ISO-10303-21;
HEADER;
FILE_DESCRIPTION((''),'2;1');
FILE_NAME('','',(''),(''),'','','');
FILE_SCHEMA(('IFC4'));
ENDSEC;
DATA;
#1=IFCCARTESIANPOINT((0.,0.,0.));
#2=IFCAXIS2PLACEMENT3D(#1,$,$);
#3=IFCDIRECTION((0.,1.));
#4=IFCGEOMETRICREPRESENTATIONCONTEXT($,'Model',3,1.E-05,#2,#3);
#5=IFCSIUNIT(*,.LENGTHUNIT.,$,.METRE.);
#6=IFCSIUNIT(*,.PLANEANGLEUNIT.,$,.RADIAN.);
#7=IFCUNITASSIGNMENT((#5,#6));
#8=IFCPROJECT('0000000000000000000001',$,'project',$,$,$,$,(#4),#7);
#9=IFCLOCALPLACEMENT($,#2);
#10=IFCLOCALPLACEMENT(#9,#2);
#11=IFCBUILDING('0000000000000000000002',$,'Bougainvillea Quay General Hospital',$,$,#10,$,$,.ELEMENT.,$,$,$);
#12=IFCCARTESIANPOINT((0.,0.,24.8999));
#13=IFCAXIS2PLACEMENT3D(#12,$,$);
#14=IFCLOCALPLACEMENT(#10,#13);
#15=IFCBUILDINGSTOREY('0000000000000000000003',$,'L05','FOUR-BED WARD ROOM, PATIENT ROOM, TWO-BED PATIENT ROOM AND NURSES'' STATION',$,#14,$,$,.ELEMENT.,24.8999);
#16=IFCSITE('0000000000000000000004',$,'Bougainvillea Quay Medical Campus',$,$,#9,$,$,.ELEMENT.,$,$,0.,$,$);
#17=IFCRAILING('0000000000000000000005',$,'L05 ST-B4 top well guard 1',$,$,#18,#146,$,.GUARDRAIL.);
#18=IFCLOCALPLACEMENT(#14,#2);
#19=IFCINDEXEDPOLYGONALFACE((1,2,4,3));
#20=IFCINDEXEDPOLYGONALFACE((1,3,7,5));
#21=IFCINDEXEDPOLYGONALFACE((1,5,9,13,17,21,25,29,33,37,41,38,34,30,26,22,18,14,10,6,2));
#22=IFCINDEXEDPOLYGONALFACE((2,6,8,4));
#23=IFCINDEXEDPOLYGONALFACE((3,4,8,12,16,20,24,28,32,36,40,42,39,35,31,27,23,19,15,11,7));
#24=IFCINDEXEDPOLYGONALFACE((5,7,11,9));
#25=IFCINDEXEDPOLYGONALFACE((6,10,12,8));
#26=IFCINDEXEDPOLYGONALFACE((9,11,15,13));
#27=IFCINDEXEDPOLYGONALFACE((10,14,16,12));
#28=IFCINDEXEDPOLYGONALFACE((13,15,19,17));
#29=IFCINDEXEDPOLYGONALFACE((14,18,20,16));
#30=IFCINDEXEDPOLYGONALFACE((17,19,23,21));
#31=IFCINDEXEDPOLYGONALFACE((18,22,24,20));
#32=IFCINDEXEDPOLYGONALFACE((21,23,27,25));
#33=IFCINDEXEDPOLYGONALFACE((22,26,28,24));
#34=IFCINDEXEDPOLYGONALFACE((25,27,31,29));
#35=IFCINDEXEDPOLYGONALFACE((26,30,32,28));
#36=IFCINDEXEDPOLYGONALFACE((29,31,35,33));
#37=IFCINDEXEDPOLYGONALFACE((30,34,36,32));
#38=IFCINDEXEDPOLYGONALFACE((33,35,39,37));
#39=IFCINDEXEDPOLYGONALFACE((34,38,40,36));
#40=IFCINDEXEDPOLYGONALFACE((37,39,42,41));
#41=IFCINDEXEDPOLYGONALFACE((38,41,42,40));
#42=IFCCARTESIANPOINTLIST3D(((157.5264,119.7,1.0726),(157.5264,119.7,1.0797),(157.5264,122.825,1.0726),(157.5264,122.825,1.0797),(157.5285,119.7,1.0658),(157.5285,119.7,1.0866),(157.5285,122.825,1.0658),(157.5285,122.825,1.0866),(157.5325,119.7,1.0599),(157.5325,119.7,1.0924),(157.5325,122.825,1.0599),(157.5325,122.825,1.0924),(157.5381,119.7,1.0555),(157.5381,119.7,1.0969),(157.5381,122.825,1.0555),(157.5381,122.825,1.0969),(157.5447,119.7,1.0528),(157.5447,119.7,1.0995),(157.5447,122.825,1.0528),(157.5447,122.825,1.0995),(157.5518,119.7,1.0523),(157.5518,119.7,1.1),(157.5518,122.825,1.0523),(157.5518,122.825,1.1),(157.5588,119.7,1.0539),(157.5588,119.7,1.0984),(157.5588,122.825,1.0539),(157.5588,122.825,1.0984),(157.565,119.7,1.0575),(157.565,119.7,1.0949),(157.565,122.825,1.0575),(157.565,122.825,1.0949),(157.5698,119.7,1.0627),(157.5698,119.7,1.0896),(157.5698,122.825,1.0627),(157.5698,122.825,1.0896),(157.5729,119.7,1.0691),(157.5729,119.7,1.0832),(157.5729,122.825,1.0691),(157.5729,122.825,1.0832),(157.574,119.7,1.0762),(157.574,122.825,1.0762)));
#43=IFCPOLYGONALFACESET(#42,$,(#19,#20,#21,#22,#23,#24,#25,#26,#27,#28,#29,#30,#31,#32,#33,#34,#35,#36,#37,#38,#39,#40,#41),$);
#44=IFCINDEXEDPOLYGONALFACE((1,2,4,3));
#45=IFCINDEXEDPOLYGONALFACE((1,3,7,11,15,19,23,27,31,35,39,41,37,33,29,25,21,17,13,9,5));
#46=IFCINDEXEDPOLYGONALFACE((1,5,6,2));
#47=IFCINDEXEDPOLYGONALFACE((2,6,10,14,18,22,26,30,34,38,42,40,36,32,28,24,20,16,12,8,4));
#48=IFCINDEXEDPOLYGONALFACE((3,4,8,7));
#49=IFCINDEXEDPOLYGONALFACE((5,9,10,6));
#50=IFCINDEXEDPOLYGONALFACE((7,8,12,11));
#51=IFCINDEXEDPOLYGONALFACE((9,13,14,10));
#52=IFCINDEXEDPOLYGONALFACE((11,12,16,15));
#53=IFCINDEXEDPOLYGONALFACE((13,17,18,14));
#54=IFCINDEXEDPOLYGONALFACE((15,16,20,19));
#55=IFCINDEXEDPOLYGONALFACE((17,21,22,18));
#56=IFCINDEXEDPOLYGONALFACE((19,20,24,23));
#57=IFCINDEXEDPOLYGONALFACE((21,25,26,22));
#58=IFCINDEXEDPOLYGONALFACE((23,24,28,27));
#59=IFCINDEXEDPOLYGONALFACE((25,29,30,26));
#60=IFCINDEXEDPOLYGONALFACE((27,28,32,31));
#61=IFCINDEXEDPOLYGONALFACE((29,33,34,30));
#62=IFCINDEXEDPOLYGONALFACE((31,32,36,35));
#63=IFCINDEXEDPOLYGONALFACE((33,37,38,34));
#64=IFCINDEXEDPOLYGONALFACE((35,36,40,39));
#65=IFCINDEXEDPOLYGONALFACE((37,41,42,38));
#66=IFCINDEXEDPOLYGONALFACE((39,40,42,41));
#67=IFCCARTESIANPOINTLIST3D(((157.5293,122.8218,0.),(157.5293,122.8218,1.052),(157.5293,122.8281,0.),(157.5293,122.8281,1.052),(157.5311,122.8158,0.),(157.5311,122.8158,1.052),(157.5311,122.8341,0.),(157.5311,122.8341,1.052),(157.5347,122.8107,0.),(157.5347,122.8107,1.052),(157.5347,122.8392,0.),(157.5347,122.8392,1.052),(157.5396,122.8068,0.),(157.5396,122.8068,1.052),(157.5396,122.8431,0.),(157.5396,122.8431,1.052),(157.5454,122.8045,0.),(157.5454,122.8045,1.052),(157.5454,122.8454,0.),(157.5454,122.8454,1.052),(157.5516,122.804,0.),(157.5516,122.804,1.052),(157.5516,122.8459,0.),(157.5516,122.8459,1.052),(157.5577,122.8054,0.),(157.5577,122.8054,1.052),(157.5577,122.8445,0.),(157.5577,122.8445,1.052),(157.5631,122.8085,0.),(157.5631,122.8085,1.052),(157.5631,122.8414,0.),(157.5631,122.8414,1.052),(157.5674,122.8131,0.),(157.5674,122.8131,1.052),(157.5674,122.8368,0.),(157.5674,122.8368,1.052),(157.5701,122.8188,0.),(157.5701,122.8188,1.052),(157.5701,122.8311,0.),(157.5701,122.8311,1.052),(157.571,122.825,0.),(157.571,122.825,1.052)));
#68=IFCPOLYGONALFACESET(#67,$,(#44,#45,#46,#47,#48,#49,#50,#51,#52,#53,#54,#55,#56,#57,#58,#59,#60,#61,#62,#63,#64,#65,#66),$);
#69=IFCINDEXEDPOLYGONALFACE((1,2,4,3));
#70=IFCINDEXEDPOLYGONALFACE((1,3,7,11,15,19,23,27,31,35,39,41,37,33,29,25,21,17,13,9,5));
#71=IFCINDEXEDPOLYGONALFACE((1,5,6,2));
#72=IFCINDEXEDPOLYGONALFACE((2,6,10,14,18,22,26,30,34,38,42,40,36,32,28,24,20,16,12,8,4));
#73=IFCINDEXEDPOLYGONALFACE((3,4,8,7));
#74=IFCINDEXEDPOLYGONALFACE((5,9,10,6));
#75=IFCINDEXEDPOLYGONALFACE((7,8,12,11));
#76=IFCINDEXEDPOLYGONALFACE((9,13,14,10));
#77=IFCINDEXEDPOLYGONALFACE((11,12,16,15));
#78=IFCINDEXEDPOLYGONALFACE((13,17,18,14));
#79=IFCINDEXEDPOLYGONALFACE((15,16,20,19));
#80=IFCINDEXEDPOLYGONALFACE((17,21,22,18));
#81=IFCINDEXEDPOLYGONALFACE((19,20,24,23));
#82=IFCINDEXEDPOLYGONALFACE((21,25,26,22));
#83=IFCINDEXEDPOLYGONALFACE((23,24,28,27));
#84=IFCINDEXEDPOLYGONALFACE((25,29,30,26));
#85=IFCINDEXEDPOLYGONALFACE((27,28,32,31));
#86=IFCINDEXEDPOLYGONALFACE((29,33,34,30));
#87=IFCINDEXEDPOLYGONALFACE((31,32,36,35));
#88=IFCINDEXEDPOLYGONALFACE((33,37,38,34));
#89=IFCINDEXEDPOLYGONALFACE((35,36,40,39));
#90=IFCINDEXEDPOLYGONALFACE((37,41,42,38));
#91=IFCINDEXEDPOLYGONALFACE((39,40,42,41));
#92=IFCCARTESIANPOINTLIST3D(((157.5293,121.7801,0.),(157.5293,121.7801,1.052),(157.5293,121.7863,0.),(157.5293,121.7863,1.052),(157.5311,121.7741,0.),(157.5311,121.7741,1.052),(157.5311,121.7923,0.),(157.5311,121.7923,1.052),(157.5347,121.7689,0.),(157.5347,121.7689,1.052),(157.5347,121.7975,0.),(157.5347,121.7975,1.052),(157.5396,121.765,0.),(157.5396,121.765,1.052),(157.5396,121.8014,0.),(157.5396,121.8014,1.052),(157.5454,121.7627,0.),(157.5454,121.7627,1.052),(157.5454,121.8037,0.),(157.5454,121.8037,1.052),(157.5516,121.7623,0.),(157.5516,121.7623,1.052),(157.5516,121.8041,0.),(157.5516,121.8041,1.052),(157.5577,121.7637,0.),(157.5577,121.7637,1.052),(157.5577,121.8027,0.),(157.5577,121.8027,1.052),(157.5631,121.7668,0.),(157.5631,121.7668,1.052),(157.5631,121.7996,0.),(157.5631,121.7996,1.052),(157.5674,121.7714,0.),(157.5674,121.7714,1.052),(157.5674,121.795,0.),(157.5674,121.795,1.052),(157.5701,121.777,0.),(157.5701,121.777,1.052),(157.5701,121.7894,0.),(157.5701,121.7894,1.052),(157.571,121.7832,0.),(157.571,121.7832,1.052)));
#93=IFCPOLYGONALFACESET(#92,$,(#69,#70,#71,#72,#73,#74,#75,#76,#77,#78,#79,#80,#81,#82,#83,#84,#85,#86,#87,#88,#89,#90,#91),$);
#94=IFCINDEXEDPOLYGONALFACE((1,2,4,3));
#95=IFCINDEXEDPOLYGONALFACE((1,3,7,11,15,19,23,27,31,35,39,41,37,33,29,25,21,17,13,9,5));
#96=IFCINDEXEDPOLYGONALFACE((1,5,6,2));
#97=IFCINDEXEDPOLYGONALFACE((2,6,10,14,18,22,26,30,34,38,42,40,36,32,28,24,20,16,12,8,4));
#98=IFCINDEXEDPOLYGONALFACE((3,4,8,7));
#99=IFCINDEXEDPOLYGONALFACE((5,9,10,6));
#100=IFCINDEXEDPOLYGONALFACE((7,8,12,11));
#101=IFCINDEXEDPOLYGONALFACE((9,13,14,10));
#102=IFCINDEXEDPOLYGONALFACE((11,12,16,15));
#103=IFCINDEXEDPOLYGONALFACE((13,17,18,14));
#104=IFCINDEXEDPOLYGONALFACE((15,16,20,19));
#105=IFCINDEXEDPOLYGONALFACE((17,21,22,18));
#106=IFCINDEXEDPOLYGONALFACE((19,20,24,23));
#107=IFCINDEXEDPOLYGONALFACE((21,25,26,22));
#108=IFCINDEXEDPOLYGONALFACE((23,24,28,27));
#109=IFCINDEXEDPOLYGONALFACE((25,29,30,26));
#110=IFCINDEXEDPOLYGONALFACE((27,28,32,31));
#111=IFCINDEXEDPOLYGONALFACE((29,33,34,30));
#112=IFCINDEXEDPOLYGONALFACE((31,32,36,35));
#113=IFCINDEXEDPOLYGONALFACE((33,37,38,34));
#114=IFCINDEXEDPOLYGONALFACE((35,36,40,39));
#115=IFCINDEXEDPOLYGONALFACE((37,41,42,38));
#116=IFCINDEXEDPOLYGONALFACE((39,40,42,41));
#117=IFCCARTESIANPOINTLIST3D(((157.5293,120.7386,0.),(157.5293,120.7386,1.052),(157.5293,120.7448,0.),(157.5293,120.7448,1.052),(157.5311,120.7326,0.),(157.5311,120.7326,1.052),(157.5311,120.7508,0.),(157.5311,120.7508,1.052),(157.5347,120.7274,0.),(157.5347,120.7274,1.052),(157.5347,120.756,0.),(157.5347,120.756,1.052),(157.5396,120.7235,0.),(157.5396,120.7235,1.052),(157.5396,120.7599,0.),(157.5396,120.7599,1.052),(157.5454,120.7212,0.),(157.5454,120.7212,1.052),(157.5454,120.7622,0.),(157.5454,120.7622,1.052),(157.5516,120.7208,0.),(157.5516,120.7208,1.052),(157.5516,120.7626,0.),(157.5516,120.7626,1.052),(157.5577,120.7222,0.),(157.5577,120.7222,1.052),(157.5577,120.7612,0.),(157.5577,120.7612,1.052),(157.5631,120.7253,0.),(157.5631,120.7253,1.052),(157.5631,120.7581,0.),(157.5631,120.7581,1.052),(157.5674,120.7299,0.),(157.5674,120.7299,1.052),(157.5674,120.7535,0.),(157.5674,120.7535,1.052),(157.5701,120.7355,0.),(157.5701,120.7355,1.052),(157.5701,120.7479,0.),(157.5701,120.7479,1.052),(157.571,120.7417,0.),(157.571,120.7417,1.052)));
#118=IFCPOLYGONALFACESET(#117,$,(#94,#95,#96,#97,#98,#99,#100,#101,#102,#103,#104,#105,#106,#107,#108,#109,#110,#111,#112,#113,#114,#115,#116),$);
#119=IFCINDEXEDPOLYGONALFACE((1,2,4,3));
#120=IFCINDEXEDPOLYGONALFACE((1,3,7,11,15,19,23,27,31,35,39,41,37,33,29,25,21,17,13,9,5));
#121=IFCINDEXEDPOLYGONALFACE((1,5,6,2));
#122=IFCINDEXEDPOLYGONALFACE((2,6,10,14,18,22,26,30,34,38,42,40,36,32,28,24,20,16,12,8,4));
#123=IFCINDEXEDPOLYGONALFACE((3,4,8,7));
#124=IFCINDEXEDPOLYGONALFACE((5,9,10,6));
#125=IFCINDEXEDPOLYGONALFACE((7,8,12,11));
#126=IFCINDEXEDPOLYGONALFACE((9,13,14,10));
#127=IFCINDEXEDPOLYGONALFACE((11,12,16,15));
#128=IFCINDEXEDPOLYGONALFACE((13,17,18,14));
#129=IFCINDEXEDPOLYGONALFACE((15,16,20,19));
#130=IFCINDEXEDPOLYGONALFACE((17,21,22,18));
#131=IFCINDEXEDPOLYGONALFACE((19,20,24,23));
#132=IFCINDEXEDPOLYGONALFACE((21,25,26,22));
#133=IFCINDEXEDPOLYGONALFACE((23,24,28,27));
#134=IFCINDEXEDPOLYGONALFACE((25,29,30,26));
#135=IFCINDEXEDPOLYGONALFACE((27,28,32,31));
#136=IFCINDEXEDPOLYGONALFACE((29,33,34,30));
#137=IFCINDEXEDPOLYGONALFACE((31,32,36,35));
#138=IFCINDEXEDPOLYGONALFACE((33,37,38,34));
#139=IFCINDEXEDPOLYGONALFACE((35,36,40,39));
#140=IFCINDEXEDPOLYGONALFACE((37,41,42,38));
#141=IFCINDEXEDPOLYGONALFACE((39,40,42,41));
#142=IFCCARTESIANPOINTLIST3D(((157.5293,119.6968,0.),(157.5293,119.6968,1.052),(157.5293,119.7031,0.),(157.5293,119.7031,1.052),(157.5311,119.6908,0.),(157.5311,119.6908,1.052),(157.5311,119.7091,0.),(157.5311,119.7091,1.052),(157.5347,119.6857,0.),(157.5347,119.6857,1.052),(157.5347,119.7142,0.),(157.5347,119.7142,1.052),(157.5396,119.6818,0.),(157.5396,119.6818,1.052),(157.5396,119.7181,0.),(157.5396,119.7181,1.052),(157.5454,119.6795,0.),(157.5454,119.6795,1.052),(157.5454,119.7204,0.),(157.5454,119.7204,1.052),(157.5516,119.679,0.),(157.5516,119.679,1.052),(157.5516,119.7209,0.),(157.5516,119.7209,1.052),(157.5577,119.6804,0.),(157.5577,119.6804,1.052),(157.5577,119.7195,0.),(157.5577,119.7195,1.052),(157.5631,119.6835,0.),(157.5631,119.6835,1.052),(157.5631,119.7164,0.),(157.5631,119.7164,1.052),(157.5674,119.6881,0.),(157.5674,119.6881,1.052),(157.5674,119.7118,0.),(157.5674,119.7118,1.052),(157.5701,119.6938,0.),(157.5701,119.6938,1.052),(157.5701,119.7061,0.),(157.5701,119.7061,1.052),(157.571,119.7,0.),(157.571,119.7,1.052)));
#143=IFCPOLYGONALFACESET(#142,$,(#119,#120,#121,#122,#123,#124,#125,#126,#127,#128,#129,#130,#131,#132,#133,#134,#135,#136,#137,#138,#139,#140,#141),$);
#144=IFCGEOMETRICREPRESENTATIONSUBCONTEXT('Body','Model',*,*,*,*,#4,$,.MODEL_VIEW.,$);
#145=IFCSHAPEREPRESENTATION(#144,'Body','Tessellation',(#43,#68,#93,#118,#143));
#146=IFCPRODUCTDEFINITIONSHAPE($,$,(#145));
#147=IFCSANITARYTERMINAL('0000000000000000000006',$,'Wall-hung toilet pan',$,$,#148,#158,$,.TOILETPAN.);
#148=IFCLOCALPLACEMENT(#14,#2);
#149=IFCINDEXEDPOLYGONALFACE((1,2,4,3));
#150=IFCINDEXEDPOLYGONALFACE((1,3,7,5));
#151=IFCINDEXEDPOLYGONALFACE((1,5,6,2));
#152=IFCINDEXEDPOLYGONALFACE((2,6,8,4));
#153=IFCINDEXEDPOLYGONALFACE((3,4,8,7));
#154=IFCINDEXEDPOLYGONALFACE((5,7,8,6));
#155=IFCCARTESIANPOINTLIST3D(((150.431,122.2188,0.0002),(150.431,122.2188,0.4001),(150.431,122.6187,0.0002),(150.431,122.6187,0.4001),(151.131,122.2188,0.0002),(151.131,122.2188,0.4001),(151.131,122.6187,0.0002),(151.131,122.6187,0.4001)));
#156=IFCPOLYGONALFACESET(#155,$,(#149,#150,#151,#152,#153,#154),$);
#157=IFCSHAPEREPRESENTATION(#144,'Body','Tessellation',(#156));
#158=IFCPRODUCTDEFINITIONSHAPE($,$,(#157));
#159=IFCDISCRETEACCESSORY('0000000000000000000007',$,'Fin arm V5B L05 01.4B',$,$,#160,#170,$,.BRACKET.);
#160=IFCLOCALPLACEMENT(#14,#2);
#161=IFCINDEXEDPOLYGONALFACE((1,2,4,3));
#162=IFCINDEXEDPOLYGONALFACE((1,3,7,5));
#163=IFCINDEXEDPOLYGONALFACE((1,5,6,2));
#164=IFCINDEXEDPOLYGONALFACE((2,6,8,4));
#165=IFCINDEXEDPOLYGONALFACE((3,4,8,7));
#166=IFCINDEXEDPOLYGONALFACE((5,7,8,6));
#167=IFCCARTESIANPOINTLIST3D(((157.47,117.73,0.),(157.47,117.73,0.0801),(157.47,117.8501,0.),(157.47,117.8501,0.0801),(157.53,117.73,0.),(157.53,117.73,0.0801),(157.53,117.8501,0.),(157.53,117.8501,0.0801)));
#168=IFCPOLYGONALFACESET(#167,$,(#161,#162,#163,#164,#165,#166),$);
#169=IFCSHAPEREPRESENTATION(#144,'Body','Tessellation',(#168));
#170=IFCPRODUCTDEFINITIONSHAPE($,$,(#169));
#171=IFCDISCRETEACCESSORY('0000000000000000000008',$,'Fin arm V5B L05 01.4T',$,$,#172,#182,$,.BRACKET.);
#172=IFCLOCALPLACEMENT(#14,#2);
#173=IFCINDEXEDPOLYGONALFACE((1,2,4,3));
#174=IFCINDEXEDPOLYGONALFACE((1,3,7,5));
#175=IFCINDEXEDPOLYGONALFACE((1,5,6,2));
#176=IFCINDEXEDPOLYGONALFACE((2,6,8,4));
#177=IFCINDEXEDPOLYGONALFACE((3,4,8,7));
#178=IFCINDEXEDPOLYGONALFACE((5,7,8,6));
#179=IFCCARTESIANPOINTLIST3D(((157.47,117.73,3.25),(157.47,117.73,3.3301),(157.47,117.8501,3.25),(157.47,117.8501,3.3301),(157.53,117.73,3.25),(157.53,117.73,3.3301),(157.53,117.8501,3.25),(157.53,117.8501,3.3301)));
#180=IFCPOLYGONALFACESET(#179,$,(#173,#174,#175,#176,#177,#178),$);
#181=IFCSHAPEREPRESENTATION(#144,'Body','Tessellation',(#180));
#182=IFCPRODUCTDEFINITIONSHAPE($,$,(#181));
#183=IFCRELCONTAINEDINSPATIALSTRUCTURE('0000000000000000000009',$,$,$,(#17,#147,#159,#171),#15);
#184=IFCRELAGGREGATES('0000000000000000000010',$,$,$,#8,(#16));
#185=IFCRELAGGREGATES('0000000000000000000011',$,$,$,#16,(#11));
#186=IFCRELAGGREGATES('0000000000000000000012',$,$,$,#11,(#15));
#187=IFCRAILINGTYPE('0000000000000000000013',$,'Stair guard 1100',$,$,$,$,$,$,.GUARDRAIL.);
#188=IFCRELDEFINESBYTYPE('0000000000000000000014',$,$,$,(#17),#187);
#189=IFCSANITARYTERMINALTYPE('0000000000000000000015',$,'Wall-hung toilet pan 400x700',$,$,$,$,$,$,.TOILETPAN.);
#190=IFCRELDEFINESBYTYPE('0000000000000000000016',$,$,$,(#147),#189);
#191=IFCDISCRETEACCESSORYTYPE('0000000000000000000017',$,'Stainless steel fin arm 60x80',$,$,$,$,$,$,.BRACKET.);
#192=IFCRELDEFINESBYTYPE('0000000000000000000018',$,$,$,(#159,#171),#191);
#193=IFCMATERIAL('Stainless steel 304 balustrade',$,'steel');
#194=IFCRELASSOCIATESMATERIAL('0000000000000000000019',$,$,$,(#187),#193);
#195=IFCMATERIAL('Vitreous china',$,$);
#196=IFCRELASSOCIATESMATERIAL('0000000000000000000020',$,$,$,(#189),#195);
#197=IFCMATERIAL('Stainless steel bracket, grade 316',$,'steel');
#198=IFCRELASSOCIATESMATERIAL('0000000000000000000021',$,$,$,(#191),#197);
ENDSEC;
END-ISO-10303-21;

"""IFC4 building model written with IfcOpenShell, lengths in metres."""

from ifc_helpers import new_model, si_unit, direction, frame, origin, origin_2d, place, context, subcontext, project, spatial, rectangle, circle, extrude, material, type_object, element, save


model = new_model("IFC4")

# Units and contexts
model_context = context("Model", 3, precision=1e-05, world=origin(), true_north=direction((0.0, 1.0)))
body_context = subcontext(model_context, "Body", "Model", "MODEL_VIEW")
ifc_project = project(units=[si_unit("LENGTHUNIT", "METRE"), si_unit("PLANEANGLEUNIT", "RADIAN")], contexts=[model_context])

# Site, building, storey
site_placement = place(None, origin())
site = spatial("IfcSite", under=ifc_project, at=site_placement, Name="Bougainvillea Quay Medical Campus", CompositionType="ELEMENT", RefElevation=0.0)
building_placement = place(site_placement, origin())
building = spatial("IfcBuilding", under=site, at=building_placement, Name="Bougainvillea Quay General Hospital", CompositionType="ELEMENT")
storey_placement = place(building_placement, frame((0.0, 0.0, 24.8999)))
storey = spatial("IfcBuildingStorey", under=building, at=storey_placement, Name="L05", Description="FOUR-BED WARD ROOM, PATIENT ROOM, TWO-BED PATIENT ROOM AND NURSES' STATION", CompositionType="ELEMENT", Elevation=24.8999)

# Railing
ifc_material_1 = material(Name="Stainless steel 304 balustrade", Category="steel")
railing_type = type_object("IfcRailingType", Name="Stair guard 1100", PredefinedType="GUARDRAIL", material=ifc_material_1)
railing_placement = place(storey_placement, frame((157.55, 122.825, 0.0)))
element("IfcRailing", 1, at=railing_placement, inside=storey, type_object=railing_type, Name="L05 ST-B4 top well guard 1", PredefinedType="GUARDRAIL", context=body_context, shape_type="SweptSolid", body=[
    extrude(circle(Radius=0.0239, at=origin_2d()), frame((0.0, 0.0, 1.0762), z_axis=(0.0, -1.0, 0.0), x_axis=(1.0, 0.0, 0.0)), (0.0, 0.0, 1.0), 3.125),
    extrude(circle(Radius=0.021, at=origin_2d()), origin(), (0.0, 0.0, 1.0), 1.052),
    extrude(circle(Radius=0.021, at=origin_2d()), frame((0.0, -1.0417, 0.0)), (0.0, 0.0, 1.0), 1.052),
    extrude(circle(Radius=0.021, at=origin_2d()), frame((0.0, -2.0833, 0.0)), (0.0, 0.0, 1.0), 1.052),
    extrude(circle(Radius=0.021, at=origin_2d()), frame((0.0, -3.125, 0.0)), (0.0, 0.0, 1.0), 1.052),
])

# Sanitary terminal
ifc_material_2 = material(Name="Vitreous china")
sanitary_terminal_type = type_object("IfcSanitaryTerminalType", Name="Wall-hung toilet pan 400x700", PredefinedType="TOILETPAN", material=ifc_material_2)
sanitary_terminal_placement = place(storey_placement, frame((150.781, 122.4187, 0.0002), z_axis=(0.0, 0.0, 1.0), x_axis=(0.0, -1.0, 0.0)))
element("IfcSanitaryTerminal", 2, at=sanitary_terminal_placement, inside=storey, type_object=sanitary_terminal_type, Name="Wall-hung toilet pan", PredefinedType="TOILETPAN", context=body_context, shape_type="SweptSolid", body=[
    extrude(rectangle(XDim=0.3999, YDim=0.7, at=origin_2d()), origin(), (0.0, 0.0, 1.0), 0.3999),
])

# Discrete accessories
ifc_material_3 = material(Name="Stainless steel bracket, grade 316", Category="steel")
discrete_accessory_type = type_object("IfcDiscreteAccessoryType", Name="Stainless steel fin arm 60x80", PredefinedType="BRACKET", material=ifc_material_3)
for number, where, z_axis, x_axis, name in (
    (3, (157.5, 117.79, 0.0), (0.0, 0.0, 1.0), (0.0, -1.0, 0.0), "Fin arm V5B L05 01.4B"),
    (4, (157.5, 117.79, 3.25), (0.0, 0.0, 1.0), (0.0, -1.0, 0.0), "Fin arm V5B L05 01.4T"),
):
    element("IfcDiscreteAccessory", number, at=place(storey_placement, frame(where, z_axis=z_axis, x_axis=x_axis)), inside=storey, type_object=discrete_accessory_type, Name=name, PredefinedType="BRACKET", context=body_context, shape_type="SweptSolid", body=[
        extrude(rectangle(XDim=0.1201, YDim=0.0601, at=origin_2d()), origin(), (0.0, 0.0, 1.0), 0.0801),
    ])

save(model, "model.ifc")
